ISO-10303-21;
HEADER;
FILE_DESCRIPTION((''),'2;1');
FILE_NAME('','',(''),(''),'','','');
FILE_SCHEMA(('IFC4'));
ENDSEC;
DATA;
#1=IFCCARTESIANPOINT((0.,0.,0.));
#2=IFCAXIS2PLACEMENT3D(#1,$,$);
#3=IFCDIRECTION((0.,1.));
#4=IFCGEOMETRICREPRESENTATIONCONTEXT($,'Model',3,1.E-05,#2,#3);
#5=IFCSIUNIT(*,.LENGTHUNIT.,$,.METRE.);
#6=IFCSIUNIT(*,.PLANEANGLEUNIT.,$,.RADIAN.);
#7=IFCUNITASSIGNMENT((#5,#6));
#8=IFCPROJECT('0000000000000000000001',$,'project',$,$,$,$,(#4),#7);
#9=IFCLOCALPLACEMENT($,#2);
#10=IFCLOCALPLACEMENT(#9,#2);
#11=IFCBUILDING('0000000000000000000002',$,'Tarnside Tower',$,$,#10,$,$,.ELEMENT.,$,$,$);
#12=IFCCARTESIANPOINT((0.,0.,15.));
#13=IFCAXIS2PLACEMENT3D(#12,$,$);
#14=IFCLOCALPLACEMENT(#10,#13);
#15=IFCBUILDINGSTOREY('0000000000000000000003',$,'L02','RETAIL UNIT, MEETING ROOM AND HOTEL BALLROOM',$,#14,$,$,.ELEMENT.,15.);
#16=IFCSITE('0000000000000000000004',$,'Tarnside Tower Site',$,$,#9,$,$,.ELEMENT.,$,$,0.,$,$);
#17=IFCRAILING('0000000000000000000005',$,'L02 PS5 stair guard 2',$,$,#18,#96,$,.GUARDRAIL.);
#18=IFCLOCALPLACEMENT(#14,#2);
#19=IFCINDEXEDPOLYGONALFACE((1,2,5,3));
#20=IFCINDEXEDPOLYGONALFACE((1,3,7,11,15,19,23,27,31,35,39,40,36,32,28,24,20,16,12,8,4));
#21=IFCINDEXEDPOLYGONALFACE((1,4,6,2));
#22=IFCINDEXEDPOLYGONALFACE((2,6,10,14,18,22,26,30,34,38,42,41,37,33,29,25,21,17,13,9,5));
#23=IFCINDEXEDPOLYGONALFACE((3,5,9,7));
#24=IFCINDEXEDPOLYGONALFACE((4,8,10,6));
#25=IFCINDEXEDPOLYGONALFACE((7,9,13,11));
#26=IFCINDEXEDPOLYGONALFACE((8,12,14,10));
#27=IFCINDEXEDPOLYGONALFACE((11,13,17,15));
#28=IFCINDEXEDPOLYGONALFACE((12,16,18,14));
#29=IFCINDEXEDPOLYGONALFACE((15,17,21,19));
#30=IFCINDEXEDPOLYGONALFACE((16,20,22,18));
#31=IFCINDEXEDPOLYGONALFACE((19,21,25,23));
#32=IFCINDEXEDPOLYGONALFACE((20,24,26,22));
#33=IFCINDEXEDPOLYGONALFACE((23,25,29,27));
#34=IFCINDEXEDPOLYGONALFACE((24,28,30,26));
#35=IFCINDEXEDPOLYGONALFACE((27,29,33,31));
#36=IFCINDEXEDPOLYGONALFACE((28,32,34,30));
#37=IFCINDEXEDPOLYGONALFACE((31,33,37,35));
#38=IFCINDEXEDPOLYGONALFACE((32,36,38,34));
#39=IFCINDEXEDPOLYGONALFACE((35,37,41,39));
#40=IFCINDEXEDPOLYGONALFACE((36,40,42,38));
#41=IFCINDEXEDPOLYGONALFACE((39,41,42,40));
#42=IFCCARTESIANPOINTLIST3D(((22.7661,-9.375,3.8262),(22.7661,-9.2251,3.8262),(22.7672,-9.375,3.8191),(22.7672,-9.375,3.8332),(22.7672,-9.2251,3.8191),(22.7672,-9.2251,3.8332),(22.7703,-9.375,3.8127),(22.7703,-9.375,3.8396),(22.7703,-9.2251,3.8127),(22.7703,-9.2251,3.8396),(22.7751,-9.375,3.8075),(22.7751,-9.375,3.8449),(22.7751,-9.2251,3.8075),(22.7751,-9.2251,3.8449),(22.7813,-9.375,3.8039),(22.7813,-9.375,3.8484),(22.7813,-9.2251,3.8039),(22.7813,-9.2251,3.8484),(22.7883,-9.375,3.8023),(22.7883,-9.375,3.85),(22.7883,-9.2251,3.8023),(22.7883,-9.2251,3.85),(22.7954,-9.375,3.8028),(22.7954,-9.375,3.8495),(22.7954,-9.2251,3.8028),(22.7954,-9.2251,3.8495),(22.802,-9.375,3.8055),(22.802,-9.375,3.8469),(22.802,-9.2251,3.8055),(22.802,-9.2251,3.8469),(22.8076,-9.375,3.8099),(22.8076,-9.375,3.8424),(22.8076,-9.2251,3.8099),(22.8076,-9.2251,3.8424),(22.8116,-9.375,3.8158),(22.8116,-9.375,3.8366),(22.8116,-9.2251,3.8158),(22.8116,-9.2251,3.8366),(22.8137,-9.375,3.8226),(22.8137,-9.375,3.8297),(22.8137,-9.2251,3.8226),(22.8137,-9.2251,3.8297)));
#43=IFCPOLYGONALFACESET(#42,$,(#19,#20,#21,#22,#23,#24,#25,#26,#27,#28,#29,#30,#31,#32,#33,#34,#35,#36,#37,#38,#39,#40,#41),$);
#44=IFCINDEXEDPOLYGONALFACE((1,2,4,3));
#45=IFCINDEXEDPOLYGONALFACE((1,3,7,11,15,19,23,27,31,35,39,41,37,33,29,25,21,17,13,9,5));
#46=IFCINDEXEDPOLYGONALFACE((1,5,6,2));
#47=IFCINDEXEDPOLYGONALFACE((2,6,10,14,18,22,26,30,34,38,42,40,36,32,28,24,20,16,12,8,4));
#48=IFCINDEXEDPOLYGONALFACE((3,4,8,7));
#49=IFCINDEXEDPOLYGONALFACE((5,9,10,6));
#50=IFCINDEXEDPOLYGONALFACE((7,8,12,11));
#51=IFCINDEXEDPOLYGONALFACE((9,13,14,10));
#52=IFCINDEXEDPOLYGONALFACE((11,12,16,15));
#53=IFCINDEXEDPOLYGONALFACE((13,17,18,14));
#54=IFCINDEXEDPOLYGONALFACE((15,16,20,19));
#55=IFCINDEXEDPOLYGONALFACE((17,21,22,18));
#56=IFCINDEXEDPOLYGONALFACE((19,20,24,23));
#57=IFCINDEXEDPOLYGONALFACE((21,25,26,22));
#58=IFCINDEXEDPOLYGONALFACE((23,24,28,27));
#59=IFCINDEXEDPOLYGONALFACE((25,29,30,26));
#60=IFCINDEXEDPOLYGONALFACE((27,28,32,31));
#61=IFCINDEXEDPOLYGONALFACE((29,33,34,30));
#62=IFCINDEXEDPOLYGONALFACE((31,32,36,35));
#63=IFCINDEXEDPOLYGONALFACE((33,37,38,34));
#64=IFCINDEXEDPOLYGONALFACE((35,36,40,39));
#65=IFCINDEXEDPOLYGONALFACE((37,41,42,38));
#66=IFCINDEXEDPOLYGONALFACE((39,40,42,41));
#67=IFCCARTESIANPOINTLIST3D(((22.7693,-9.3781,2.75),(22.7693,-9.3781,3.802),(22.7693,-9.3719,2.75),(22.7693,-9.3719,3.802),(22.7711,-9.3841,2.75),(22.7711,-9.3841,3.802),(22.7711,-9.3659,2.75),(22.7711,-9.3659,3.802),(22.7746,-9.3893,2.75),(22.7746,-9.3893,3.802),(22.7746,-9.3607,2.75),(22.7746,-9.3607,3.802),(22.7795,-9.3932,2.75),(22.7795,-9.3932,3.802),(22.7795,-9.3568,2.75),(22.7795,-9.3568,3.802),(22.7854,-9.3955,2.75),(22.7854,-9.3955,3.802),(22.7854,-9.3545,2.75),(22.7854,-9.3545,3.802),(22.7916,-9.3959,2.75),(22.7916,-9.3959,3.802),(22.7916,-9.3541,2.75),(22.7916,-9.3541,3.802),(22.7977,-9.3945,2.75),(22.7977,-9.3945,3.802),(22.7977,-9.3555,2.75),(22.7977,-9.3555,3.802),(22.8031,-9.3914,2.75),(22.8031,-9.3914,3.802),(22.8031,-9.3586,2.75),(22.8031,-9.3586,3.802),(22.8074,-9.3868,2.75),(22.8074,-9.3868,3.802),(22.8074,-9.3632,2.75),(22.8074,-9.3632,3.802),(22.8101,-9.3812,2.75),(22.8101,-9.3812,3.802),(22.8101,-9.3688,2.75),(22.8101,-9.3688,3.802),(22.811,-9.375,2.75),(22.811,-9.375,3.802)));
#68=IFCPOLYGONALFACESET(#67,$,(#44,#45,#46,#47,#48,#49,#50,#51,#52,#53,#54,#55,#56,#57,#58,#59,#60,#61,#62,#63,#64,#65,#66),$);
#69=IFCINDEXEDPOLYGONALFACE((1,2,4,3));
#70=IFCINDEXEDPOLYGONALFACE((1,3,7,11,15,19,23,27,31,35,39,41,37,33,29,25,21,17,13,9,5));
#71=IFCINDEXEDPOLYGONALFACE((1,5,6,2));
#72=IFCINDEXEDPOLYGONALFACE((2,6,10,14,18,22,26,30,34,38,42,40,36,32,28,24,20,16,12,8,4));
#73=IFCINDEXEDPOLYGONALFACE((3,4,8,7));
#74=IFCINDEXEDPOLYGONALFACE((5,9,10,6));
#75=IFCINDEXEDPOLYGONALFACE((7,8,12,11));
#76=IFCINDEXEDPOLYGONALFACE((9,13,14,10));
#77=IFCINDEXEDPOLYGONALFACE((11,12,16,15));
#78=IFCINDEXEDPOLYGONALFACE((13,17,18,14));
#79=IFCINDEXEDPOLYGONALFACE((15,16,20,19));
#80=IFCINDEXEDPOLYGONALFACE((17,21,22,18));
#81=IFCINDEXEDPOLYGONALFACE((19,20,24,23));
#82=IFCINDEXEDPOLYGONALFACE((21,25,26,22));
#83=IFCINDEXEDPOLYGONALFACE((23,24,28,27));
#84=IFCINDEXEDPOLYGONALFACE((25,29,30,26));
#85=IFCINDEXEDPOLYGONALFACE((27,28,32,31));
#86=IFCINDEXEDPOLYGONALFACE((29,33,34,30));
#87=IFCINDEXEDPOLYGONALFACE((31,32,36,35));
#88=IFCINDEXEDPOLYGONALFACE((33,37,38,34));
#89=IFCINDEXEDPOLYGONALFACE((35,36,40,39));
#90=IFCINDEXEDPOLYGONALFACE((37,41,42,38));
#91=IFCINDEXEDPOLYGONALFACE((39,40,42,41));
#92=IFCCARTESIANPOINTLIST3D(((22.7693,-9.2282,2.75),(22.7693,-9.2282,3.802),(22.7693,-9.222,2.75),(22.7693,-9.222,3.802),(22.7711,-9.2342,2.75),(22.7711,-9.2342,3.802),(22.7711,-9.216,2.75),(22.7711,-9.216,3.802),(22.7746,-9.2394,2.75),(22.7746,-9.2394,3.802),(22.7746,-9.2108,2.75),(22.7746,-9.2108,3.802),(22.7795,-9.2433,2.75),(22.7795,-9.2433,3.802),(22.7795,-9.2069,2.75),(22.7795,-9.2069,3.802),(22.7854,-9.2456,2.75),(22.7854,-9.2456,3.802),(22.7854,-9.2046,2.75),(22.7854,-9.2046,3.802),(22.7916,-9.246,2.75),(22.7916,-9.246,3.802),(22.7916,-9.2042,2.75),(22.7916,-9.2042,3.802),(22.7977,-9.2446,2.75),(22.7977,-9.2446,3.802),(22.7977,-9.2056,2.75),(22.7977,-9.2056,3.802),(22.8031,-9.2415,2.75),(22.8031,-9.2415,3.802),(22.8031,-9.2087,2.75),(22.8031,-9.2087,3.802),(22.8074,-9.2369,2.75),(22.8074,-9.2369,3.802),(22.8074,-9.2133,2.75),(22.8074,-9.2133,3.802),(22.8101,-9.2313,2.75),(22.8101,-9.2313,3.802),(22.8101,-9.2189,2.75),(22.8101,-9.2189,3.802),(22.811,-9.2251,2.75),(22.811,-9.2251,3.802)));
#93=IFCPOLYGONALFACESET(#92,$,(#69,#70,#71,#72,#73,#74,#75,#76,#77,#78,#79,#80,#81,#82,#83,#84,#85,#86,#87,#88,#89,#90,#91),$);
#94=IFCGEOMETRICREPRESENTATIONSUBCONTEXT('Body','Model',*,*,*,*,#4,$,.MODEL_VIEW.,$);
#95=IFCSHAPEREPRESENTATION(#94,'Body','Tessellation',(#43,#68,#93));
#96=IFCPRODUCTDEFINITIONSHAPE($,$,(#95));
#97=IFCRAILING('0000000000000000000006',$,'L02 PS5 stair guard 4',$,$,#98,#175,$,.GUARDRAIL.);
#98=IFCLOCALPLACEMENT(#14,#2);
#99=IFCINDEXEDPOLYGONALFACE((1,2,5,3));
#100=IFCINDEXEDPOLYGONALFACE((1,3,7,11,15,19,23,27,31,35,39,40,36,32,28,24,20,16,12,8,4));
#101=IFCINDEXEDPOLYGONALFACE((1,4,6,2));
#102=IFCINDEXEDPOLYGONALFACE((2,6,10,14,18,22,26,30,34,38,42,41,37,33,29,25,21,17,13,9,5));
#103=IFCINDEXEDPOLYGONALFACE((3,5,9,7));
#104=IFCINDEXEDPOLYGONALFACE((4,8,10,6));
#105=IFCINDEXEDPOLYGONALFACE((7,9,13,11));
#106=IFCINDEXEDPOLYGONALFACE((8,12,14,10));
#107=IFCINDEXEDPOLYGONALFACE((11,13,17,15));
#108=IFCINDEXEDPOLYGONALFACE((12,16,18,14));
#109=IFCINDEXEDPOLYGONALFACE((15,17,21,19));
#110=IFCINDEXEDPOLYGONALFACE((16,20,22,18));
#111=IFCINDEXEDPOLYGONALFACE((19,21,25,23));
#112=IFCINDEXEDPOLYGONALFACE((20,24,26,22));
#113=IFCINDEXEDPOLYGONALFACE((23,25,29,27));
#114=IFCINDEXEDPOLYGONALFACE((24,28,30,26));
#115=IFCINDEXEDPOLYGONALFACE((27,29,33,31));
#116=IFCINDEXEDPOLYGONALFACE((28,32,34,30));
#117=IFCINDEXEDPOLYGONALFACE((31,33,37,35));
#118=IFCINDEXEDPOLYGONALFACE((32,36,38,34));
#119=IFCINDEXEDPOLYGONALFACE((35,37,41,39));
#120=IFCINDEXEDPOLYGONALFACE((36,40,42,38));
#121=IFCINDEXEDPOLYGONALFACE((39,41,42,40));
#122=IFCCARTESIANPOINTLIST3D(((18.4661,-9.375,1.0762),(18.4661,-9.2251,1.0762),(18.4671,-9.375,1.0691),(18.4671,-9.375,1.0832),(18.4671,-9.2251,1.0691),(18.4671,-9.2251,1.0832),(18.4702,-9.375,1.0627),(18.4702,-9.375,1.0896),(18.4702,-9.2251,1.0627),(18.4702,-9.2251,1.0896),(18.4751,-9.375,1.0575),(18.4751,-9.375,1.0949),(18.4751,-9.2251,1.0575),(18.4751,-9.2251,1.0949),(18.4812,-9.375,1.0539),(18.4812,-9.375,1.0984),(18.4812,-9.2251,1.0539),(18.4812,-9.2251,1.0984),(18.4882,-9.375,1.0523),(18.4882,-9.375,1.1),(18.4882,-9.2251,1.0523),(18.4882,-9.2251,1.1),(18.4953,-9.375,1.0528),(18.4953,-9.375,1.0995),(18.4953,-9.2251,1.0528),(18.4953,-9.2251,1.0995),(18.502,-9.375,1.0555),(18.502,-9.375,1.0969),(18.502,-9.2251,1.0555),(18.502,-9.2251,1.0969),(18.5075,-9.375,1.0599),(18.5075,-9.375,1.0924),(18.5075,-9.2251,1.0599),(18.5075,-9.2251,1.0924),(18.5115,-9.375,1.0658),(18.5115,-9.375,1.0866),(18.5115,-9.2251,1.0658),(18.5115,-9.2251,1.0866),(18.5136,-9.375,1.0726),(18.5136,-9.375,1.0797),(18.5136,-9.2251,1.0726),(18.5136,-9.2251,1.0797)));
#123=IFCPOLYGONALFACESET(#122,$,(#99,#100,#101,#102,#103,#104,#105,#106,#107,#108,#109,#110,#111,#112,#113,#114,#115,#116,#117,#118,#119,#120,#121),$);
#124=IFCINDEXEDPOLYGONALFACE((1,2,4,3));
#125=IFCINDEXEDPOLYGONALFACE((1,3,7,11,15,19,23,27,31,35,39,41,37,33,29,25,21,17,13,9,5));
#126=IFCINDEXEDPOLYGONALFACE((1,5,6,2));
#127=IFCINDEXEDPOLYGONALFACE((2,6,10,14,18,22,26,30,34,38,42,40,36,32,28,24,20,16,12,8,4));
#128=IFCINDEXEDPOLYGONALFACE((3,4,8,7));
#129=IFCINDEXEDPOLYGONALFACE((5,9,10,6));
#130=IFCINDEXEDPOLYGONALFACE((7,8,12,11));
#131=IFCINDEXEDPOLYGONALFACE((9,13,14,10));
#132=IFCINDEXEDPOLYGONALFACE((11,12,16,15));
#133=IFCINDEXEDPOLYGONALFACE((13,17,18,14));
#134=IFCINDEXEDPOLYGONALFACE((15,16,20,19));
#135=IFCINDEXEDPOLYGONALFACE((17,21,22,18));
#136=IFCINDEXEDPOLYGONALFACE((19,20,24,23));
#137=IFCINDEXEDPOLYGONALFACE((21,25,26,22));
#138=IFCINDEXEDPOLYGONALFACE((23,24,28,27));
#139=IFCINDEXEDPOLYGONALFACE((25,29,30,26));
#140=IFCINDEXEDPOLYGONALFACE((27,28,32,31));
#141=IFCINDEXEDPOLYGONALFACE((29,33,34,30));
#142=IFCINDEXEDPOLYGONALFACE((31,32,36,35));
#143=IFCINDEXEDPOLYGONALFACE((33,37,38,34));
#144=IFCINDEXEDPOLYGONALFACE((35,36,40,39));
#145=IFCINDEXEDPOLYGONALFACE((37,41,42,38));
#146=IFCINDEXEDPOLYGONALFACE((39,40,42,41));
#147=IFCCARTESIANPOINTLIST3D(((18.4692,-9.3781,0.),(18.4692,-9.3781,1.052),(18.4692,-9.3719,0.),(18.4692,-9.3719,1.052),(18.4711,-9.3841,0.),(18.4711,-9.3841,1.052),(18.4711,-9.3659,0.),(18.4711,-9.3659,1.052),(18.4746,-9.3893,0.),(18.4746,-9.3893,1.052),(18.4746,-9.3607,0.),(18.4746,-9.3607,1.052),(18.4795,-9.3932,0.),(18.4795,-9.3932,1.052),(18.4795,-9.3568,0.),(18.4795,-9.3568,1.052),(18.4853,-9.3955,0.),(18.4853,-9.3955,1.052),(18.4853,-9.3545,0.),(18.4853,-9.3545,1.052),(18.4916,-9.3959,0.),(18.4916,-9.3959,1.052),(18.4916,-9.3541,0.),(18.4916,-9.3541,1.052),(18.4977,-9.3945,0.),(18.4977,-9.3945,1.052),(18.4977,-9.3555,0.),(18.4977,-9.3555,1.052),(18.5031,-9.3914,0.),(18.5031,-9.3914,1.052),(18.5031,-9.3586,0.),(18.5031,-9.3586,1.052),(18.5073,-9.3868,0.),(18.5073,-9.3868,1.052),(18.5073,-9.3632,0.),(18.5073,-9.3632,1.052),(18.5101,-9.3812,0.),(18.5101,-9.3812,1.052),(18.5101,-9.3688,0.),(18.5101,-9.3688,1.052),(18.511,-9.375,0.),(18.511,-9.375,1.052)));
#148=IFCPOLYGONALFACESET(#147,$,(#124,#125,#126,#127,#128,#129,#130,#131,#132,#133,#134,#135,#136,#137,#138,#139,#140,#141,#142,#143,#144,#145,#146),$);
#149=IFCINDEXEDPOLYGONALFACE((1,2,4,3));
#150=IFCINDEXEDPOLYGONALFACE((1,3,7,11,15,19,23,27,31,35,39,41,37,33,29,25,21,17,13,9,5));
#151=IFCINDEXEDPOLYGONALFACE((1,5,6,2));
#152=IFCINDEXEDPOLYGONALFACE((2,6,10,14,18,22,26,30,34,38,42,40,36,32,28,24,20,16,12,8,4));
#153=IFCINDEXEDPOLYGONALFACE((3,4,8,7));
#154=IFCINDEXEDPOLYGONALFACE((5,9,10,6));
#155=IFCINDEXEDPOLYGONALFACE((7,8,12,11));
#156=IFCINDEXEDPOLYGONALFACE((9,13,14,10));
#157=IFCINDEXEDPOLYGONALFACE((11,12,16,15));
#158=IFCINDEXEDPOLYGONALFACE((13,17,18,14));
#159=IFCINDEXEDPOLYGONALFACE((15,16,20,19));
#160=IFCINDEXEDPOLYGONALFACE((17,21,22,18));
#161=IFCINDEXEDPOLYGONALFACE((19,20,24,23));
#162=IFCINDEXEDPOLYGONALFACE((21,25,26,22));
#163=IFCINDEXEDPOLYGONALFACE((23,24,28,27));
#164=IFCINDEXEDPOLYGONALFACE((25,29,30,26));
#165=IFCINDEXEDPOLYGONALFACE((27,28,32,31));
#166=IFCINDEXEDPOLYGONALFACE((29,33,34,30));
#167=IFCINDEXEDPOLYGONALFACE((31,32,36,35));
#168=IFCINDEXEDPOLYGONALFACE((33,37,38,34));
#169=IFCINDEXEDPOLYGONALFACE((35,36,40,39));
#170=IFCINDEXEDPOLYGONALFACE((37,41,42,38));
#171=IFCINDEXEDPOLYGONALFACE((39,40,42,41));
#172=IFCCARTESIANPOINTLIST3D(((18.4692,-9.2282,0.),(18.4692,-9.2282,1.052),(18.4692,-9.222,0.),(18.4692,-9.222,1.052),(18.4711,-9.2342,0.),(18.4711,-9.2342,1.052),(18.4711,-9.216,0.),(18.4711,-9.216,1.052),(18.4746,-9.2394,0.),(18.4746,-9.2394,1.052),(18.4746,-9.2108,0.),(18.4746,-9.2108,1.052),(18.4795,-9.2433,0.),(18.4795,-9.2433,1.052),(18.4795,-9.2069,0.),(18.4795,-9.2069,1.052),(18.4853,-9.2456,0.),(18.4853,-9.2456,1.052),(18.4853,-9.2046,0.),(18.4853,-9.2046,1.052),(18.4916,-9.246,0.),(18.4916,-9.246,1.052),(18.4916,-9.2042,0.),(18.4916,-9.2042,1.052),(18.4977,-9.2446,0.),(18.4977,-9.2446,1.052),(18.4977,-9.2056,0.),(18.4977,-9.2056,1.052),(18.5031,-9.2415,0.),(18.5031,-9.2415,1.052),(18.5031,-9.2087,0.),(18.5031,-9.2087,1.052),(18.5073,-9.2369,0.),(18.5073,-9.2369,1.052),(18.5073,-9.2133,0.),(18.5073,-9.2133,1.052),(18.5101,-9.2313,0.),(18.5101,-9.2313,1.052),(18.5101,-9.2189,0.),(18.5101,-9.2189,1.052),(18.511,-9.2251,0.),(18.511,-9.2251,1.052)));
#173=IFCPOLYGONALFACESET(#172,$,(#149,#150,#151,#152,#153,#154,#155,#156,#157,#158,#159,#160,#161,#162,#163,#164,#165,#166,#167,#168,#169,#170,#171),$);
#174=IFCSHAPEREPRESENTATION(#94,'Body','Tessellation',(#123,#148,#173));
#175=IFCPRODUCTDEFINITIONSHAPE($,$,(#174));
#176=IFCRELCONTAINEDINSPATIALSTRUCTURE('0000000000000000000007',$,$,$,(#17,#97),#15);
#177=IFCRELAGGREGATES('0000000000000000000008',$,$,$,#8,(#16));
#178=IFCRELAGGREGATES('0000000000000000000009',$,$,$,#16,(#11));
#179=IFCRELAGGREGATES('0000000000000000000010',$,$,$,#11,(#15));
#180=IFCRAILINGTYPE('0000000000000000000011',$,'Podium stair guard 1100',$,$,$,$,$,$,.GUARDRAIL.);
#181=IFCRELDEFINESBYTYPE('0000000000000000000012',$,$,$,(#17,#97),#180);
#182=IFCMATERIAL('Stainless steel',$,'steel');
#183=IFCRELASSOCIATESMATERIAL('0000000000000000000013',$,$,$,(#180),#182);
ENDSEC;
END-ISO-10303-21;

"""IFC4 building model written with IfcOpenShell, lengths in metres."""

from ifc_helpers import new_model, si_unit, direction, frame, origin, origin_2d, place, context, subcontext, project, spatial, circle, extrude, material, type_object, element, save


model = new_model("IFC4")

# Units and contexts
model_context = context("Model", 3, precision=1e-05, world=origin(), true_north=direction((0.0, 1.0)))
body_context = subcontext(model_context, "Body", "Model", "MODEL_VIEW")
ifc_project = project(units=[si_unit("LENGTHUNIT", "METRE"), si_unit("PLANEANGLEUNIT", "RADIAN")], contexts=[model_context])

# Site, building, storey
site_placement = place(None, origin())
site = spatial("IfcSite", under=ifc_project, at=site_placement, Name="Tarnside Tower Site", CompositionType="ELEMENT", RefElevation=0.0)
building_placement = place(site_placement, origin())
building = spatial("IfcBuilding", under=site, at=building_placement, Name="Tarnside Tower", CompositionType="ELEMENT")
storey_placement = place(building_placement, frame((0.0, 0.0, 15.0)))
storey = spatial("IfcBuildingStorey", under=building, at=storey_placement, Name="L02", Description="RETAIL UNIT, MEETING ROOM AND HOTEL BALLROOM", CompositionType="ELEMENT", Elevation=15.0)

# Railings
ifc_material_1 = material(Name="Stainless steel", Category="steel")
railing_type_1 = type_object("IfcRailingType", Name="Podium stair guard 1100", PredefinedType="GUARDRAIL", material=ifc_material_1)
for number, where, name in (
    (1, (22.79, -9.375, 2.75), "L02 PS5 stair guard 2"),
    (2, (18.49, -9.375, 0.0), "L02 PS5 stair guard 4"),
):
    element("IfcRailing", number, at=place(storey_placement, frame(where)), inside=storey, type_object=railing_type_1, Name=name, PredefinedType="GUARDRAIL", context=body_context, shape_type="SweptSolid", body=[
        extrude(circle(Radius=0.0239, at=origin_2d()), frame((0.0, 0.0, 1.0762), z_axis=(0.0, 1.0, 0.0), x_axis=(-1.0, 0.0, 0.0)), (0.0, 0.0, 1.0), 0.1499),
        extrude(circle(Radius=0.021, at=origin_2d()), origin(), (0.0, 0.0, 1.0), 1.052),
        extrude(circle(Radius=0.021, at=origin_2d()), frame((0.0, 0.1499, 0.0)), (0.0, 0.0, 1.0), 1.052),
    ])

save(model, "model.ifc")
